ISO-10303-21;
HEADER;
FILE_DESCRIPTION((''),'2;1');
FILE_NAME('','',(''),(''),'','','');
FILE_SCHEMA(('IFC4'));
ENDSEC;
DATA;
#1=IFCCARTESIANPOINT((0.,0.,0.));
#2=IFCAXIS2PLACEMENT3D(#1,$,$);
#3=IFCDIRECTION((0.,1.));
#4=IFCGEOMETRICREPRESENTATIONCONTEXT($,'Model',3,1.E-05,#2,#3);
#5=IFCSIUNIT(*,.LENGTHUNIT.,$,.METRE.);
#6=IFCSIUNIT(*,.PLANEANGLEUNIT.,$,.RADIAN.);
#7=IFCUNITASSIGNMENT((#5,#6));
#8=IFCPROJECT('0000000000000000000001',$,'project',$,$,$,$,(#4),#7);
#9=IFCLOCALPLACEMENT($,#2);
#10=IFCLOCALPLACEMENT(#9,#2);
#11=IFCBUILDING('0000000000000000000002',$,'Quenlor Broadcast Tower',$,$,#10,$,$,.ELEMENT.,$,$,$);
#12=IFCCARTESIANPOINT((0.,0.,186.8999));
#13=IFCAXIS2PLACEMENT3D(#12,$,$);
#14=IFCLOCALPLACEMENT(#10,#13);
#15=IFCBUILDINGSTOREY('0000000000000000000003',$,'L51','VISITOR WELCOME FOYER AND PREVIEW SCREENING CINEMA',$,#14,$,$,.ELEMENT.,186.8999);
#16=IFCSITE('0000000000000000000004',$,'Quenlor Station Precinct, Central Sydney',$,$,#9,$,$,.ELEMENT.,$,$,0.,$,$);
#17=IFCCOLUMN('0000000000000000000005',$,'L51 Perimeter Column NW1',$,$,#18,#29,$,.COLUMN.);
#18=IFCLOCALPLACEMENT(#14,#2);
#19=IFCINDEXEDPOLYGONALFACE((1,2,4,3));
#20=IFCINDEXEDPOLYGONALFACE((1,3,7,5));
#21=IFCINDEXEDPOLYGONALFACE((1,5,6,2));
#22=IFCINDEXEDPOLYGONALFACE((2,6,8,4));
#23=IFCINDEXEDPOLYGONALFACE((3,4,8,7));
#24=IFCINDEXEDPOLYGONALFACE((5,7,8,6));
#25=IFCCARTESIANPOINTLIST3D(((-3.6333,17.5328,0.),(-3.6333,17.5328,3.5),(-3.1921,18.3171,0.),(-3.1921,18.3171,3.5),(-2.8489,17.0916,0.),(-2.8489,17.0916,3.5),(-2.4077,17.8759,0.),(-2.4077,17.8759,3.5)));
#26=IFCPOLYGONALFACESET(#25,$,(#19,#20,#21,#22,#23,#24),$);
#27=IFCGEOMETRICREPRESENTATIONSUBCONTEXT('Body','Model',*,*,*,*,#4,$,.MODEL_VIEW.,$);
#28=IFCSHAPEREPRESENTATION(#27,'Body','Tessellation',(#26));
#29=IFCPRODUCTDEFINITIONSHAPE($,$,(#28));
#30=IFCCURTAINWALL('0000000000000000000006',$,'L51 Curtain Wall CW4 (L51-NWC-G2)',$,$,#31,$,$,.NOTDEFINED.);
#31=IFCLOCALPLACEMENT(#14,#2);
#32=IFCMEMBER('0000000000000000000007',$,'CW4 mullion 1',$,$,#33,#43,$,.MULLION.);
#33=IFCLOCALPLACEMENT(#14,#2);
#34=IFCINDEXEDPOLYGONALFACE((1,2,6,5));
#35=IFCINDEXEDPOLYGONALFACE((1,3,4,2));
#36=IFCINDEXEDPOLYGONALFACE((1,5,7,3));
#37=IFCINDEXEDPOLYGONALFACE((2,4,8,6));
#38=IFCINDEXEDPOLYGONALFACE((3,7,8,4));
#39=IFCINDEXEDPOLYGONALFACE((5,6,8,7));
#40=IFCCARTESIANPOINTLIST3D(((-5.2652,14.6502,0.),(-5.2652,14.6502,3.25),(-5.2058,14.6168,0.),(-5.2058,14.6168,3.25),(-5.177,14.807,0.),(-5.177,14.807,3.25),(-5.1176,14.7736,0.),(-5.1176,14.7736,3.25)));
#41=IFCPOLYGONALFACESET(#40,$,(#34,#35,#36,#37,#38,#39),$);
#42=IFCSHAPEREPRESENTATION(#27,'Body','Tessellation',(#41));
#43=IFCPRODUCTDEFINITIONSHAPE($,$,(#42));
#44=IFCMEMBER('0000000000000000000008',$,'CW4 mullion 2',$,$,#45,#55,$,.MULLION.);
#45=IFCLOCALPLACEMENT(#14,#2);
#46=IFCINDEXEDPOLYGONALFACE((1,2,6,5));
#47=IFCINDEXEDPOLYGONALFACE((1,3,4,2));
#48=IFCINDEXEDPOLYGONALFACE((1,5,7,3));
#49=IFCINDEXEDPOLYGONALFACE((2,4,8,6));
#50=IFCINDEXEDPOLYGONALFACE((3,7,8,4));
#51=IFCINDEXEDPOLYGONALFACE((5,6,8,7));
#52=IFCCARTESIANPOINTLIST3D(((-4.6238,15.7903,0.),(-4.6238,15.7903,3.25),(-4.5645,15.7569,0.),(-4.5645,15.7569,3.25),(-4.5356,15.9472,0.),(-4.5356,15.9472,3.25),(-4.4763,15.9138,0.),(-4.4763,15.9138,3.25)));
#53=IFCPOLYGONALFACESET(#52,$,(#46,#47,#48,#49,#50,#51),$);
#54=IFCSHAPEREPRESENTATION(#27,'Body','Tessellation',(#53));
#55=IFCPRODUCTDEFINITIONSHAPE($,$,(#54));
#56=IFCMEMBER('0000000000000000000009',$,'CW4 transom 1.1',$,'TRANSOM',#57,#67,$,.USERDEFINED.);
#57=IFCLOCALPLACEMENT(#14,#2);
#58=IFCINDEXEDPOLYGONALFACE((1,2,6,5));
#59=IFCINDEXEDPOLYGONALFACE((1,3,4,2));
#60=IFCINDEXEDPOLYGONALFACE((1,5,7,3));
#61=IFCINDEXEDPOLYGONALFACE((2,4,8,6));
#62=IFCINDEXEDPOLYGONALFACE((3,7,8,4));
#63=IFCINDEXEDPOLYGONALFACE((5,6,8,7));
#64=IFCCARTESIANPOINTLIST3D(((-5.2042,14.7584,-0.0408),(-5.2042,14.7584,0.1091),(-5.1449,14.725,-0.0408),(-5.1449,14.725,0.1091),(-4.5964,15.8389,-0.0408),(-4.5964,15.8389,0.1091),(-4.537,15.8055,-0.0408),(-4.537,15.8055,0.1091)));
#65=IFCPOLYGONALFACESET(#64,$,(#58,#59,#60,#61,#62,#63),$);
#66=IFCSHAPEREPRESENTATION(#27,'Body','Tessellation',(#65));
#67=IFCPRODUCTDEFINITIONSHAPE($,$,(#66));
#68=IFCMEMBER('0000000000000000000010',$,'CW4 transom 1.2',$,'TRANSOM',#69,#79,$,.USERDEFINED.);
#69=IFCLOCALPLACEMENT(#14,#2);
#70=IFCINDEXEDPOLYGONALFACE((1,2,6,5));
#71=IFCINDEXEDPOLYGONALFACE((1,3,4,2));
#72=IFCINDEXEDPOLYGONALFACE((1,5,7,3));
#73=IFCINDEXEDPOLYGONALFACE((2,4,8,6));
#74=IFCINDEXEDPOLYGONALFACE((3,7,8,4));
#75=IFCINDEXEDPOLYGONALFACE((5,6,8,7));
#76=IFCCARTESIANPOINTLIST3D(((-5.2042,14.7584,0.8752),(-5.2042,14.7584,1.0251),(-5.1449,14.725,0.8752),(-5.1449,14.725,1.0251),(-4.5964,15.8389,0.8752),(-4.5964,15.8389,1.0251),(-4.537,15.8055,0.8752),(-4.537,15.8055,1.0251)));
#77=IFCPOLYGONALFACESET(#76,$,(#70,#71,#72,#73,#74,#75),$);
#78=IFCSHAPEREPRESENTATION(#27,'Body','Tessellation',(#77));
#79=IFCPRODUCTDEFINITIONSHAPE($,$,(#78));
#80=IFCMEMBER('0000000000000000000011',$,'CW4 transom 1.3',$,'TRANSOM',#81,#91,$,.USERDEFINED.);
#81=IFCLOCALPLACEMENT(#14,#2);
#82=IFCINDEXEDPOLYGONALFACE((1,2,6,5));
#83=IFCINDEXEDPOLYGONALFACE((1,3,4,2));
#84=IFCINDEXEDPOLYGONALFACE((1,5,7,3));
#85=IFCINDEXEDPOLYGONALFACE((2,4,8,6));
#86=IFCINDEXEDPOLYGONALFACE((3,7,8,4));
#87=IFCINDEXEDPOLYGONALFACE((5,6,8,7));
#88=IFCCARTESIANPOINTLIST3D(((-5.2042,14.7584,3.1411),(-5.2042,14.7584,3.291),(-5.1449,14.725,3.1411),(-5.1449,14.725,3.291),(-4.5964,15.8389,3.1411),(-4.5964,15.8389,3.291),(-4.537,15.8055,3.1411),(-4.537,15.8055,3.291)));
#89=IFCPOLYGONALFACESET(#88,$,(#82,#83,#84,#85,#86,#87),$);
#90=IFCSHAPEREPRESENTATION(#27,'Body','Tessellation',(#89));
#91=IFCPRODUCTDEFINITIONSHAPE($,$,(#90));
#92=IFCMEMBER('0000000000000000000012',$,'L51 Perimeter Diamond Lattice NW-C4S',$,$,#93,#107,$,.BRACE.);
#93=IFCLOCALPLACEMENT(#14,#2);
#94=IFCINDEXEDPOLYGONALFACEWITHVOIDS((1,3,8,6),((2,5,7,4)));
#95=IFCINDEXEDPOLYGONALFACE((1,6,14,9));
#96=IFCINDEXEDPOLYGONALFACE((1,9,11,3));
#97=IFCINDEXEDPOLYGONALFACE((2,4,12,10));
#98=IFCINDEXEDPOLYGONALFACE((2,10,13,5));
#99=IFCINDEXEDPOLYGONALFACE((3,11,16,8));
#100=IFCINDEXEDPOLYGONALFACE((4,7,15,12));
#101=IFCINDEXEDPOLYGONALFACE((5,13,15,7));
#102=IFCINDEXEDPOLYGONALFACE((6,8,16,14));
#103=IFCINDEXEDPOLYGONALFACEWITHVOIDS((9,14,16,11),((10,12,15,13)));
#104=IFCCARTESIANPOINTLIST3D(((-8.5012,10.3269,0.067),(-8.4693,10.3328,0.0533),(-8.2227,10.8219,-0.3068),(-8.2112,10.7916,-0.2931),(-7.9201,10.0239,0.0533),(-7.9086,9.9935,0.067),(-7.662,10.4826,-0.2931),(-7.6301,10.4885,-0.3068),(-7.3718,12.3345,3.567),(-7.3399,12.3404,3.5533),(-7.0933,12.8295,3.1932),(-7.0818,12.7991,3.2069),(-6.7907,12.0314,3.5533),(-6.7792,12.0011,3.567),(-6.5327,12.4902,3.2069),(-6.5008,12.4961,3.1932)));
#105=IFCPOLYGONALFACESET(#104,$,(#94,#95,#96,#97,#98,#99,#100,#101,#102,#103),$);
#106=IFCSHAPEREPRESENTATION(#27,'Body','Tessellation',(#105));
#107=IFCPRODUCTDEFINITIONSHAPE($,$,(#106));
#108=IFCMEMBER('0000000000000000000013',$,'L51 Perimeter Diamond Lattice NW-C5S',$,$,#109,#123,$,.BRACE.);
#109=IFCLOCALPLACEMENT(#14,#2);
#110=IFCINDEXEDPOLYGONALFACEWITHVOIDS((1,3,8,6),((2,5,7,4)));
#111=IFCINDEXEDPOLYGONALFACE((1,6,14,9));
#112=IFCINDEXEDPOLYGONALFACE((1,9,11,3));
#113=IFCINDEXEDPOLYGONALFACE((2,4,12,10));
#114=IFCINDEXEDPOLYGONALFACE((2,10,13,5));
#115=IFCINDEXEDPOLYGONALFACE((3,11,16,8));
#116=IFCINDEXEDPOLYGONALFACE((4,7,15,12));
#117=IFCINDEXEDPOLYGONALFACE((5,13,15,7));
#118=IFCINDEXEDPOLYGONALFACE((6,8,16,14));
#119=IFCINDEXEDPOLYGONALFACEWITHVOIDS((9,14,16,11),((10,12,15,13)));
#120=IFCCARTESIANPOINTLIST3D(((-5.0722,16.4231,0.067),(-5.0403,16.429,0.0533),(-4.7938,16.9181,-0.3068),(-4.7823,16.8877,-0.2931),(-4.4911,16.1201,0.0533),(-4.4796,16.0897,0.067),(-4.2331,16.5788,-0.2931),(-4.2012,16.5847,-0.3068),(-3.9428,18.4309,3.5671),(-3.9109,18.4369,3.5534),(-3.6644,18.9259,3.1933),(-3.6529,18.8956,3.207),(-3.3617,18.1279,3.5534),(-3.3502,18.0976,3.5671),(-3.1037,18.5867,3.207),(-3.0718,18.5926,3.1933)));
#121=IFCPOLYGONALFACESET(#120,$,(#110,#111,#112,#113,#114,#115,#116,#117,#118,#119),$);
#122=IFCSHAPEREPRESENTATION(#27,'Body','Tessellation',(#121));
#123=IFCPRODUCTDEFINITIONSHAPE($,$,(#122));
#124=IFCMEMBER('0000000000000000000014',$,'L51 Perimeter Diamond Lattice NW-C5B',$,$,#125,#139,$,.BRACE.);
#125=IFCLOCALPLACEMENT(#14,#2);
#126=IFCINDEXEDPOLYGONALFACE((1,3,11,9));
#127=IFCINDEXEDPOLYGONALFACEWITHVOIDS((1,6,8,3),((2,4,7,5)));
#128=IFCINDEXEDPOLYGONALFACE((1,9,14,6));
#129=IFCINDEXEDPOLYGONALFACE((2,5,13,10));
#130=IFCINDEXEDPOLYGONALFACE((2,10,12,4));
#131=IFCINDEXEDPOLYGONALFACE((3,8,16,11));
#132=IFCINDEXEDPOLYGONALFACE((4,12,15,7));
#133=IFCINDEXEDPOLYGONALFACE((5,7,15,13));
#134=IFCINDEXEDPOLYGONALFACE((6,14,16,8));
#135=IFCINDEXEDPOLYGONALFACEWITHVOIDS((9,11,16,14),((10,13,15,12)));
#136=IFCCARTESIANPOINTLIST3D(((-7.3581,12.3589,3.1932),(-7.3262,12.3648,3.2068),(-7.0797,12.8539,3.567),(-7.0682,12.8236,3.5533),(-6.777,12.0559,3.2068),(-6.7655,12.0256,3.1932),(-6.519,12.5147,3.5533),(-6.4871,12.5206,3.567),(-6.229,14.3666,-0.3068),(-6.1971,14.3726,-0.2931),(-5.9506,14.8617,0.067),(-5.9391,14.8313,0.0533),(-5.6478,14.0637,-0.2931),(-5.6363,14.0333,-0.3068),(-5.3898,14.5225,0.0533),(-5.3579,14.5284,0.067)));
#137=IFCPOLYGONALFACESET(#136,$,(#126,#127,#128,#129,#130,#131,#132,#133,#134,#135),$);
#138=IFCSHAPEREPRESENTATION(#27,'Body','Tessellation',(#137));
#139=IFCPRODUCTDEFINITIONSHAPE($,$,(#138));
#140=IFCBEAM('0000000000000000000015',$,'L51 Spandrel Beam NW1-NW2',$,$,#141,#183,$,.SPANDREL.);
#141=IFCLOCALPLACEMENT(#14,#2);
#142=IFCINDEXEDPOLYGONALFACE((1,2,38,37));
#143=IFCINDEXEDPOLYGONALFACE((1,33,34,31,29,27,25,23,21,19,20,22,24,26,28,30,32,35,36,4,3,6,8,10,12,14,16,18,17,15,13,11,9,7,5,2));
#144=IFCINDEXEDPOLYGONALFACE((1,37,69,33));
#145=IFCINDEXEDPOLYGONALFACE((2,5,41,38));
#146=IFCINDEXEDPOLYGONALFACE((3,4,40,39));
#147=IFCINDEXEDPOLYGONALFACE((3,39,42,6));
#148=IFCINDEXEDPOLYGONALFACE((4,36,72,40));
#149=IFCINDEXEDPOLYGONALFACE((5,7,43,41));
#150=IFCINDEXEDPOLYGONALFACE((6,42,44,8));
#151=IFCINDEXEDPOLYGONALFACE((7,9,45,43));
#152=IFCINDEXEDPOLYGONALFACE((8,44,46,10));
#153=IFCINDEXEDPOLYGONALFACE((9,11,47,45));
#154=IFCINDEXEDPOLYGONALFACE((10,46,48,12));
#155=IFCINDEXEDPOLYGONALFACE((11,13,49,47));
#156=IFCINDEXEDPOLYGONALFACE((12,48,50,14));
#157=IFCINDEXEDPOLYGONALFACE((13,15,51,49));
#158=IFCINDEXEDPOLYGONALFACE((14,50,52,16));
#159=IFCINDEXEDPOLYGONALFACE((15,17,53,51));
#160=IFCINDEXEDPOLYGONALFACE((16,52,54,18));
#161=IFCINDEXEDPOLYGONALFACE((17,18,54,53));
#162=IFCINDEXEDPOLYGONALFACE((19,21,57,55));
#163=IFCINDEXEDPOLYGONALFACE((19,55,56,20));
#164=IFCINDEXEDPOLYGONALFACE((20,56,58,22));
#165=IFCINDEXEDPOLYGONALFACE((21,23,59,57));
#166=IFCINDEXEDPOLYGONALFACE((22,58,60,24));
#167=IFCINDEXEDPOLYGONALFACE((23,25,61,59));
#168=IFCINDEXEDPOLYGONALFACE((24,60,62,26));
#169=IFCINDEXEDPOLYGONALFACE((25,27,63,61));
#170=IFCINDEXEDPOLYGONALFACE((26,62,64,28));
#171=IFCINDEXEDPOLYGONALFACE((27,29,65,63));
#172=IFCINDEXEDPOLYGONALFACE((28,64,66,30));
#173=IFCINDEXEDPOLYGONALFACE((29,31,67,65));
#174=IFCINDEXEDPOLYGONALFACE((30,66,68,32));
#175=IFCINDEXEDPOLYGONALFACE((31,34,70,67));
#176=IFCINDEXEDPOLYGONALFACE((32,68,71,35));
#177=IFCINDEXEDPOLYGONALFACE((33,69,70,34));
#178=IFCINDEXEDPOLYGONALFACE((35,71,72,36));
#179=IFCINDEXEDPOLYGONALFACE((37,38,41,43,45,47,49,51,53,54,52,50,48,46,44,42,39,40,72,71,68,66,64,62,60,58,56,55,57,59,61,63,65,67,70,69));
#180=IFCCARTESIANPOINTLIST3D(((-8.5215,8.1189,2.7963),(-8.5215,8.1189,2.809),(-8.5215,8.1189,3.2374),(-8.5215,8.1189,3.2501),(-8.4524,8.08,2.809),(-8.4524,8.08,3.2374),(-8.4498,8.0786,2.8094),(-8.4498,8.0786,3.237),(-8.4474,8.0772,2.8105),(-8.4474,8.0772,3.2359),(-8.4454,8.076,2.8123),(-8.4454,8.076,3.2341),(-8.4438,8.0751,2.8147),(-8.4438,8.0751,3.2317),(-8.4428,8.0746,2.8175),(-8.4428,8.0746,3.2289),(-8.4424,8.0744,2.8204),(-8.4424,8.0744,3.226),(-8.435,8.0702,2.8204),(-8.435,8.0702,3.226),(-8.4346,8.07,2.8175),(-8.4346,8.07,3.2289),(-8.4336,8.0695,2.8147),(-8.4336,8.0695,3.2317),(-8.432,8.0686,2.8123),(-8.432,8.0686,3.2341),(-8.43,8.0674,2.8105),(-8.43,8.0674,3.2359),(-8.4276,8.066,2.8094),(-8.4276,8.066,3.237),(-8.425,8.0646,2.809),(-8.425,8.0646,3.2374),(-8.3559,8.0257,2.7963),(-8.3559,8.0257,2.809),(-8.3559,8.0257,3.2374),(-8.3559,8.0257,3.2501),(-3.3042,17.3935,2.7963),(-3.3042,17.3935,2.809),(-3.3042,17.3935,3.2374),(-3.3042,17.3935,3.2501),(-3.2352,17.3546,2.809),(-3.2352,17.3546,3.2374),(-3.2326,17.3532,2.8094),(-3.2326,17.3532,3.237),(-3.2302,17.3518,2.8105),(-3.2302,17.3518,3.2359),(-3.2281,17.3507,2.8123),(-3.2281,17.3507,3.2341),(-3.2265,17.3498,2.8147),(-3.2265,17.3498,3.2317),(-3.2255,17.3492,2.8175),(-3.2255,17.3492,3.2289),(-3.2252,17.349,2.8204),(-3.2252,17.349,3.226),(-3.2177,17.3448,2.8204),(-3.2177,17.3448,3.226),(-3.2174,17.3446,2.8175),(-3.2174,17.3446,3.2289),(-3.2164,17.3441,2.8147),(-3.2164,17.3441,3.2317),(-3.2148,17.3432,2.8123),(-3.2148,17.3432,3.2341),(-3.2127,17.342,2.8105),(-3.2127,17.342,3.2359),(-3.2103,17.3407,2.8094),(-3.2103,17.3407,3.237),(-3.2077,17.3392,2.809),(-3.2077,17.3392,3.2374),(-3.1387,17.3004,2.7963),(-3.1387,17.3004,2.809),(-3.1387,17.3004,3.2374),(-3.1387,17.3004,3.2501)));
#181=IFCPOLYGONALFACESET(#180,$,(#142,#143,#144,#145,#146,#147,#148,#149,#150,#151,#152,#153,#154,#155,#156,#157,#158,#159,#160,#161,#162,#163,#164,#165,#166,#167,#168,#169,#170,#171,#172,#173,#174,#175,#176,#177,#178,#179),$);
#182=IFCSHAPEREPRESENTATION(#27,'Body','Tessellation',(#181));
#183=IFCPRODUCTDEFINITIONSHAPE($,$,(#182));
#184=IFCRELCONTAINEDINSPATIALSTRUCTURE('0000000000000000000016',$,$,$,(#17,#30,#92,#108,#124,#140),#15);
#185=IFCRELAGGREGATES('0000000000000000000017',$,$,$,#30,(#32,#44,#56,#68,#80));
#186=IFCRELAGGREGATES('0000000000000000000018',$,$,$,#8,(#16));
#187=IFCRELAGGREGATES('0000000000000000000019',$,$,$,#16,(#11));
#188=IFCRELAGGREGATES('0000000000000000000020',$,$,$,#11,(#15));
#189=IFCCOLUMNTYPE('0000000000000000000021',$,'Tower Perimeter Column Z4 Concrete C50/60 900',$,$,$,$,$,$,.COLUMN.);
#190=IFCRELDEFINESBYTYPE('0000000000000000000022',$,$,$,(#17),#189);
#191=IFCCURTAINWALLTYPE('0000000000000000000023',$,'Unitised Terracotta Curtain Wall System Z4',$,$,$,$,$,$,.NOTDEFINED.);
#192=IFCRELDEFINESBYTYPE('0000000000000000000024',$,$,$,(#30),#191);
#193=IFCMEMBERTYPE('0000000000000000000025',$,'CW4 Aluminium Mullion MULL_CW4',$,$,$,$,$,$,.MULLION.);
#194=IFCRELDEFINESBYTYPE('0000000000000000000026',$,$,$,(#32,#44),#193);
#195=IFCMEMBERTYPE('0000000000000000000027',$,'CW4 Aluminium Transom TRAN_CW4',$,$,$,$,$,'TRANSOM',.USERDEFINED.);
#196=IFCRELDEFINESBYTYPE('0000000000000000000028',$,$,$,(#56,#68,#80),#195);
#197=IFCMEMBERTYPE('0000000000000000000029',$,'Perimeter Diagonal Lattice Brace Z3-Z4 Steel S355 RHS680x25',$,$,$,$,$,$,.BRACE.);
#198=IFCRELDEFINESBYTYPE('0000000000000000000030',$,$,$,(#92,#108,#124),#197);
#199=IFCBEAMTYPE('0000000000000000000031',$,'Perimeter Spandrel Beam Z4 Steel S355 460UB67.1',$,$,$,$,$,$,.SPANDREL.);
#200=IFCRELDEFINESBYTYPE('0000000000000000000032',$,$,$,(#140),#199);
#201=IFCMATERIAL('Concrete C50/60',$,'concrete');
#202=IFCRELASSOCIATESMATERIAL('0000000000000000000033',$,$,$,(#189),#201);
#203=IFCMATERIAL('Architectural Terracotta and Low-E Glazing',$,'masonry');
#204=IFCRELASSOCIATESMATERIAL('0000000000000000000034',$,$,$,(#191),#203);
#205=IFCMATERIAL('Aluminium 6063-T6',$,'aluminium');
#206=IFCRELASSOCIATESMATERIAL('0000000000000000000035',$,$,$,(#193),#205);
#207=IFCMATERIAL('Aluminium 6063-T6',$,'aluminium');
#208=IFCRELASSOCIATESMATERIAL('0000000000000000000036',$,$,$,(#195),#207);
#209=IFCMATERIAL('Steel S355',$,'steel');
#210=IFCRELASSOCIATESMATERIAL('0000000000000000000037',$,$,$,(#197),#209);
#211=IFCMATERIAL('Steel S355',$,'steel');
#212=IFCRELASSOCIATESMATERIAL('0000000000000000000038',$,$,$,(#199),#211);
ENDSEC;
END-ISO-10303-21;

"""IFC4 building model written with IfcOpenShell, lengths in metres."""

from ifc_helpers import new_model, si_unit, direction, frame, origin, origin_2d, place, context, subcontext, project, spatial, rectangle, hollow_rectangle, i_section, extrude, material, material_profile, profile_set, type_object, element, aggregate, save


model = new_model("IFC4")

# Units and contexts
model_context = context("Model", 3, precision=1e-05, world=origin(), true_north=direction((0.0, 1.0)))
body_context = subcontext(model_context, "Body", "Model", "MODEL_VIEW")
ifc_project = project(units=[si_unit("LENGTHUNIT", "METRE"), si_unit("PLANEANGLEUNIT", "RADIAN")], contexts=[model_context])

# Site, building, storey
site_placement = place(None, origin())
site = spatial("IfcSite", under=ifc_project, at=site_placement, Name="Quenlor Station Precinct, Central Sydney", CompositionType="ELEMENT", RefElevation=0.0)
building_placement = place(site_placement, origin())
building = spatial("IfcBuilding", under=site, at=building_placement, Name="Quenlor Broadcast Tower", CompositionType="ELEMENT")
storey_placement = place(building_placement, frame((0.0, 0.0, 186.8999)))
storey = spatial("IfcBuildingStorey", under=building, at=storey_placement, Name="L51", Description="VISITOR WELCOME FOYER AND PREVIEW SCREENING CINEMA", CompositionType="ELEMENT", Elevation=186.8999)

# Column
ifc_material_1 = material(Name="Concrete C50/60", Category="concrete")
ifc_material_profile_1 = material_profile(ifc_material_1, rectangle(XDim=0.8999, YDim=0.8999, at=origin_2d()))
ifc_profile_set_1 = profile_set([ifc_material_profile_1], Name="Concrete C50/60 RC900x900")
column_type = type_object("IfcColumnType", Name="Tower Perimeter Column Z4 Concrete C50/60 900", PredefinedType="COLUMN", material=ifc_profile_set_1)
column_placement = place(storey_placement, frame((-3.0205, 17.7043, 0.0), z_axis=(0.0, 0.0, 1.0), x_axis=(-0.871575, 0.490262, 0.0)))
element("IfcColumn", 1, at=column_placement, inside=storey, type_object=column_type, Name="L51 Perimeter Column NW1", PredefinedType="COLUMN", context=body_context, shape_type="SweptSolid", body=[
    extrude(rectangle(XDim=0.8999, YDim=0.8999, at=origin_2d()), origin(), (0.0, 0.0, 1.0), 3.5),
])

# Curtain wall, members
ifc_material_2 = material(Name="Architectural Terracotta and Low-E Glazing", Category="masonry")
curtain_wall_type = type_object("IfcCurtainWallType", Name="Unitised Terracotta Curtain Wall System Z4", PredefinedType="NOTDEFINED", material=ifc_material_2)
curtain_wall_placement = place(storey_placement, origin())
curtain_wall = element("IfcCurtainWall", 2, at=curtain_wall_placement, inside=storey, type_object=curtain_wall_type, Name="L51 Curtain Wall CW4 (L51-NWC-G2)", PredefinedType="NOTDEFINED")
ifc_material_3 = material(Name="Aluminium 6063-T6", Category="aluminium")
ifc_material_profile_2 = material_profile(ifc_material_3, rectangle(XDim=0.0681, YDim=0.1799, at=origin_2d()))
ifc_profile_set_2 = profile_set([ifc_material_profile_2], Name="Aluminium 6063-T6 MULL68x180")
member_type_1 = type_object("IfcMemberType", Name="CW4 Aluminium Mullion MULL_CW4", PredefinedType="MULLION", material=ifc_profile_set_2)
member_1_placement = place(storey_placement, frame((-5.1914, 14.7119, 0.0), z_axis=(0.0, 0.0, 1.0), x_axis=(-0.87156, 0.490289, 0.0)))
member_1 = element("IfcMember", 3, at=member_1_placement, type_object=member_type_1, Name="CW4 mullion 1", PredefinedType="MULLION", context=body_context, shape_type="SweptSolid", body=[
    extrude(rectangle(XDim=0.0681, YDim=0.1799, at=origin_2d()), origin(), (0.0, 0.0, 1.0), 3.25),
])
member_2_placement = place(storey_placement, frame((-4.55, 15.8521, 0.0), z_axis=(0.0, 0.0, 1.0), x_axis=(-0.87156, 0.490289, 0.0)))
member_2 = element("IfcMember", 4, at=member_2_placement, type_object=member_type_1, Name="CW4 mullion 2", PredefinedType="MULLION", context=body_context, shape_type="SweptSolid", body=[
    extrude(rectangle(XDim=0.0681, YDim=0.1799, at=origin_2d()), origin(), (0.0, 0.0, 1.0), 3.25),
])
ifc_material_4 = material(Name="Aluminium 6063-T6", Category="aluminium")
ifc_material_profile_3 = material_profile(ifc_material_4, rectangle(XDim=0.0681, YDim=0.1499, at=origin_2d()))
ifc_profile_set_3 = profile_set([ifc_material_profile_3], Name="Aluminium 6063-T6 TRAN68x150")
member_type_2 = type_object("IfcMemberType", Name="CW4 Aluminium Transom TRAN_CW4", ElementType="TRANSOM", PredefinedType="USERDEFINED", material=ifc_profile_set_3)
member_3_placement = place(storey_placement, frame((-5.1746, 14.7417, 0.0342), z_axis=(0.490317, 0.871544, 0.0), x_axis=(-0.871544, 0.490317, 0.0)))
member_3 = element("IfcMember", 5, at=member_3_placement, type_object=member_type_2, Name="CW4 transom 1.1", ObjectType="TRANSOM", PredefinedType="USERDEFINED", context=body_context, shape_type="SweptSolid", body=[
    extrude(rectangle(XDim=0.0681, YDim=0.1499, at=origin_2d()), origin(), (0.0, 0.0, 1.0), 1.2397),
])
member_4_placement = place(storey_placement, frame((-5.1746, 14.7417, 0.9502), z_axis=(0.490317, 0.871544, 0.0), x_axis=(-0.871544, 0.490317, 0.0)))
member_4 = element("IfcMember", 6, at=member_4_placement, type_object=member_type_2, Name="CW4 transom 1.2", ObjectType="TRANSOM", PredefinedType="USERDEFINED", context=body_context, shape_type="SweptSolid", body=[
    extrude(rectangle(XDim=0.0681, YDim=0.1499, at=origin_2d()), origin(), (0.0, 0.0, 1.0), 1.2397),
])
member_5_placement = place(storey_placement, frame((-5.1746, 14.7417, 3.2161), z_axis=(0.490317, 0.871544, 0.0), x_axis=(-0.871544, 0.490317, 0.0)))
member_5 = element("IfcMember", 7, at=member_5_placement, type_object=member_type_2, Name="CW4 transom 1.3", ObjectType="TRANSOM", PredefinedType="USERDEFINED", context=body_context, shape_type="SweptSolid", body=[
    extrude(rectangle(XDim=0.0681, YDim=0.1499, at=origin_2d()), origin(), (0.0, 0.0, 1.0), 1.2397),
])

# Members
ifc_material_5 = material(Name="Steel S355", Category="steel")
ifc_material_profile_4 = material_profile(ifc_material_5, hollow_rectangle(XDim=0.6799, YDim=0.6799, WallThickness=0.0249, at=origin_2d()))
ifc_profile_set_4 = profile_set([ifc_material_profile_4], Name="Steel S355 RHS680x680x25")
member_type_3 = type_object("IfcMemberType", Name="Perimeter Diagonal Lattice Brace Z3-Z4 Steel S355 RHS680x25", PredefinedType="BRACE", material=ifc_profile_set_4)
member_6_placement = place(storey_placement, frame((-8.0657, 10.4077, -0.1199), z_axis=(0.269547, 0.479136, 0.835328), x_axis=(-0.87155, 0.490307, 0.0)))
element("IfcMember", 8, at=member_6_placement, inside=storey, type_object=member_type_3, Name="L51 Perimeter Diamond Lattice NW-C4S", PredefinedType="BRACE", context=body_context, shape_type="SweptSolid", body=[
    extrude(hollow_rectangle(XDim=0.6799, YDim=0.6799, WallThickness=0.0249, at=origin_2d()), origin(), (0.0, 0.0, 1.0), 4.1899),
])
member_7_placement = place(storey_placement, frame((-4.6367, 16.5039, -0.1199), z_axis=(0.26954, 0.479181, 0.835305), x_axis=(-0.871576, 0.490261, 0.0)))
element("IfcMember", 9, at=member_7_placement, inside=storey, type_object=member_type_3, Name="L51 Perimeter Diamond Lattice NW-C5S", PredefinedType="BRACE", context=body_context, shape_type="SweptSolid", body=[
    extrude(hollow_rectangle(XDim=0.6799, YDim=0.6799, WallThickness=0.0249, at=origin_2d()), origin(), (0.0, 0.0, 1.0), 4.1902),
])
member_8_placement = place(storey_placement, frame((-5.7935, 14.4475, -0.1199), z_axis=(-0.269485, -0.479189, 0.835318), x_axis=(0.871621, -0.490181, 0.0)))
element("IfcMember", 10, at=member_8_placement, inside=storey, type_object=member_type_3, Name="L51 Perimeter Diamond Lattice NW-C5B", PredefinedType="BRACE", context=body_context, shape_type="SweptSolid", body=[
    extrude(hollow_rectangle(XDim=0.6799, YDim=0.6799, WallThickness=0.0249, at=origin_2d()), origin(), (0.0, 0.0, 1.0), 4.1899),
])

# Beam
ifc_material_6 = material(Name="Steel S355", Category="steel")
ifc_material_profile_5 = material_profile(ifc_material_6, i_section(OverallWidth=0.1899, OverallDepth=0.4539, WebThickness=0.0085, FlangeThickness=0.0127, FilletRadius=0.0115, at=origin_2d()))
ifc_profile_set_5 = profile_set([ifc_material_profile_5], Name="Steel S355 460UB67.1")
beam_type_1 = type_object("IfcBeamType", Name="Perimeter Spandrel Beam Z4 Steel S355 460UB67.1", PredefinedType="SPANDREL", material=ifc_profile_set_5)
beam_1_placement = place(storey_placement, frame((-3.2214, 17.3469, 3.0232), z_axis=(-0.490282, -0.871564, 0.0), x_axis=(0.871564, -0.490282, 0.0)))
element("IfcBeam", 11, at=beam_1_placement, inside=storey, type_object=beam_type_1, Name="L51 Spandrel Beam NW1-NW2", PredefinedType="SPANDREL", context=body_context, shape_type="SweptSolid", body=[
    extrude(i_section(OverallWidth=0.1899, OverallDepth=0.4539, WebThickness=0.0085, FlangeThickness=0.0127, FilletRadius=0.0115, at=origin_2d()), origin(), (0.0, 0.0, 1.0), 10.6414),
])

aggregate(curtain_wall, [member_1, member_2, member_3, member_4, member_5])

save(model, "model.ifc")
